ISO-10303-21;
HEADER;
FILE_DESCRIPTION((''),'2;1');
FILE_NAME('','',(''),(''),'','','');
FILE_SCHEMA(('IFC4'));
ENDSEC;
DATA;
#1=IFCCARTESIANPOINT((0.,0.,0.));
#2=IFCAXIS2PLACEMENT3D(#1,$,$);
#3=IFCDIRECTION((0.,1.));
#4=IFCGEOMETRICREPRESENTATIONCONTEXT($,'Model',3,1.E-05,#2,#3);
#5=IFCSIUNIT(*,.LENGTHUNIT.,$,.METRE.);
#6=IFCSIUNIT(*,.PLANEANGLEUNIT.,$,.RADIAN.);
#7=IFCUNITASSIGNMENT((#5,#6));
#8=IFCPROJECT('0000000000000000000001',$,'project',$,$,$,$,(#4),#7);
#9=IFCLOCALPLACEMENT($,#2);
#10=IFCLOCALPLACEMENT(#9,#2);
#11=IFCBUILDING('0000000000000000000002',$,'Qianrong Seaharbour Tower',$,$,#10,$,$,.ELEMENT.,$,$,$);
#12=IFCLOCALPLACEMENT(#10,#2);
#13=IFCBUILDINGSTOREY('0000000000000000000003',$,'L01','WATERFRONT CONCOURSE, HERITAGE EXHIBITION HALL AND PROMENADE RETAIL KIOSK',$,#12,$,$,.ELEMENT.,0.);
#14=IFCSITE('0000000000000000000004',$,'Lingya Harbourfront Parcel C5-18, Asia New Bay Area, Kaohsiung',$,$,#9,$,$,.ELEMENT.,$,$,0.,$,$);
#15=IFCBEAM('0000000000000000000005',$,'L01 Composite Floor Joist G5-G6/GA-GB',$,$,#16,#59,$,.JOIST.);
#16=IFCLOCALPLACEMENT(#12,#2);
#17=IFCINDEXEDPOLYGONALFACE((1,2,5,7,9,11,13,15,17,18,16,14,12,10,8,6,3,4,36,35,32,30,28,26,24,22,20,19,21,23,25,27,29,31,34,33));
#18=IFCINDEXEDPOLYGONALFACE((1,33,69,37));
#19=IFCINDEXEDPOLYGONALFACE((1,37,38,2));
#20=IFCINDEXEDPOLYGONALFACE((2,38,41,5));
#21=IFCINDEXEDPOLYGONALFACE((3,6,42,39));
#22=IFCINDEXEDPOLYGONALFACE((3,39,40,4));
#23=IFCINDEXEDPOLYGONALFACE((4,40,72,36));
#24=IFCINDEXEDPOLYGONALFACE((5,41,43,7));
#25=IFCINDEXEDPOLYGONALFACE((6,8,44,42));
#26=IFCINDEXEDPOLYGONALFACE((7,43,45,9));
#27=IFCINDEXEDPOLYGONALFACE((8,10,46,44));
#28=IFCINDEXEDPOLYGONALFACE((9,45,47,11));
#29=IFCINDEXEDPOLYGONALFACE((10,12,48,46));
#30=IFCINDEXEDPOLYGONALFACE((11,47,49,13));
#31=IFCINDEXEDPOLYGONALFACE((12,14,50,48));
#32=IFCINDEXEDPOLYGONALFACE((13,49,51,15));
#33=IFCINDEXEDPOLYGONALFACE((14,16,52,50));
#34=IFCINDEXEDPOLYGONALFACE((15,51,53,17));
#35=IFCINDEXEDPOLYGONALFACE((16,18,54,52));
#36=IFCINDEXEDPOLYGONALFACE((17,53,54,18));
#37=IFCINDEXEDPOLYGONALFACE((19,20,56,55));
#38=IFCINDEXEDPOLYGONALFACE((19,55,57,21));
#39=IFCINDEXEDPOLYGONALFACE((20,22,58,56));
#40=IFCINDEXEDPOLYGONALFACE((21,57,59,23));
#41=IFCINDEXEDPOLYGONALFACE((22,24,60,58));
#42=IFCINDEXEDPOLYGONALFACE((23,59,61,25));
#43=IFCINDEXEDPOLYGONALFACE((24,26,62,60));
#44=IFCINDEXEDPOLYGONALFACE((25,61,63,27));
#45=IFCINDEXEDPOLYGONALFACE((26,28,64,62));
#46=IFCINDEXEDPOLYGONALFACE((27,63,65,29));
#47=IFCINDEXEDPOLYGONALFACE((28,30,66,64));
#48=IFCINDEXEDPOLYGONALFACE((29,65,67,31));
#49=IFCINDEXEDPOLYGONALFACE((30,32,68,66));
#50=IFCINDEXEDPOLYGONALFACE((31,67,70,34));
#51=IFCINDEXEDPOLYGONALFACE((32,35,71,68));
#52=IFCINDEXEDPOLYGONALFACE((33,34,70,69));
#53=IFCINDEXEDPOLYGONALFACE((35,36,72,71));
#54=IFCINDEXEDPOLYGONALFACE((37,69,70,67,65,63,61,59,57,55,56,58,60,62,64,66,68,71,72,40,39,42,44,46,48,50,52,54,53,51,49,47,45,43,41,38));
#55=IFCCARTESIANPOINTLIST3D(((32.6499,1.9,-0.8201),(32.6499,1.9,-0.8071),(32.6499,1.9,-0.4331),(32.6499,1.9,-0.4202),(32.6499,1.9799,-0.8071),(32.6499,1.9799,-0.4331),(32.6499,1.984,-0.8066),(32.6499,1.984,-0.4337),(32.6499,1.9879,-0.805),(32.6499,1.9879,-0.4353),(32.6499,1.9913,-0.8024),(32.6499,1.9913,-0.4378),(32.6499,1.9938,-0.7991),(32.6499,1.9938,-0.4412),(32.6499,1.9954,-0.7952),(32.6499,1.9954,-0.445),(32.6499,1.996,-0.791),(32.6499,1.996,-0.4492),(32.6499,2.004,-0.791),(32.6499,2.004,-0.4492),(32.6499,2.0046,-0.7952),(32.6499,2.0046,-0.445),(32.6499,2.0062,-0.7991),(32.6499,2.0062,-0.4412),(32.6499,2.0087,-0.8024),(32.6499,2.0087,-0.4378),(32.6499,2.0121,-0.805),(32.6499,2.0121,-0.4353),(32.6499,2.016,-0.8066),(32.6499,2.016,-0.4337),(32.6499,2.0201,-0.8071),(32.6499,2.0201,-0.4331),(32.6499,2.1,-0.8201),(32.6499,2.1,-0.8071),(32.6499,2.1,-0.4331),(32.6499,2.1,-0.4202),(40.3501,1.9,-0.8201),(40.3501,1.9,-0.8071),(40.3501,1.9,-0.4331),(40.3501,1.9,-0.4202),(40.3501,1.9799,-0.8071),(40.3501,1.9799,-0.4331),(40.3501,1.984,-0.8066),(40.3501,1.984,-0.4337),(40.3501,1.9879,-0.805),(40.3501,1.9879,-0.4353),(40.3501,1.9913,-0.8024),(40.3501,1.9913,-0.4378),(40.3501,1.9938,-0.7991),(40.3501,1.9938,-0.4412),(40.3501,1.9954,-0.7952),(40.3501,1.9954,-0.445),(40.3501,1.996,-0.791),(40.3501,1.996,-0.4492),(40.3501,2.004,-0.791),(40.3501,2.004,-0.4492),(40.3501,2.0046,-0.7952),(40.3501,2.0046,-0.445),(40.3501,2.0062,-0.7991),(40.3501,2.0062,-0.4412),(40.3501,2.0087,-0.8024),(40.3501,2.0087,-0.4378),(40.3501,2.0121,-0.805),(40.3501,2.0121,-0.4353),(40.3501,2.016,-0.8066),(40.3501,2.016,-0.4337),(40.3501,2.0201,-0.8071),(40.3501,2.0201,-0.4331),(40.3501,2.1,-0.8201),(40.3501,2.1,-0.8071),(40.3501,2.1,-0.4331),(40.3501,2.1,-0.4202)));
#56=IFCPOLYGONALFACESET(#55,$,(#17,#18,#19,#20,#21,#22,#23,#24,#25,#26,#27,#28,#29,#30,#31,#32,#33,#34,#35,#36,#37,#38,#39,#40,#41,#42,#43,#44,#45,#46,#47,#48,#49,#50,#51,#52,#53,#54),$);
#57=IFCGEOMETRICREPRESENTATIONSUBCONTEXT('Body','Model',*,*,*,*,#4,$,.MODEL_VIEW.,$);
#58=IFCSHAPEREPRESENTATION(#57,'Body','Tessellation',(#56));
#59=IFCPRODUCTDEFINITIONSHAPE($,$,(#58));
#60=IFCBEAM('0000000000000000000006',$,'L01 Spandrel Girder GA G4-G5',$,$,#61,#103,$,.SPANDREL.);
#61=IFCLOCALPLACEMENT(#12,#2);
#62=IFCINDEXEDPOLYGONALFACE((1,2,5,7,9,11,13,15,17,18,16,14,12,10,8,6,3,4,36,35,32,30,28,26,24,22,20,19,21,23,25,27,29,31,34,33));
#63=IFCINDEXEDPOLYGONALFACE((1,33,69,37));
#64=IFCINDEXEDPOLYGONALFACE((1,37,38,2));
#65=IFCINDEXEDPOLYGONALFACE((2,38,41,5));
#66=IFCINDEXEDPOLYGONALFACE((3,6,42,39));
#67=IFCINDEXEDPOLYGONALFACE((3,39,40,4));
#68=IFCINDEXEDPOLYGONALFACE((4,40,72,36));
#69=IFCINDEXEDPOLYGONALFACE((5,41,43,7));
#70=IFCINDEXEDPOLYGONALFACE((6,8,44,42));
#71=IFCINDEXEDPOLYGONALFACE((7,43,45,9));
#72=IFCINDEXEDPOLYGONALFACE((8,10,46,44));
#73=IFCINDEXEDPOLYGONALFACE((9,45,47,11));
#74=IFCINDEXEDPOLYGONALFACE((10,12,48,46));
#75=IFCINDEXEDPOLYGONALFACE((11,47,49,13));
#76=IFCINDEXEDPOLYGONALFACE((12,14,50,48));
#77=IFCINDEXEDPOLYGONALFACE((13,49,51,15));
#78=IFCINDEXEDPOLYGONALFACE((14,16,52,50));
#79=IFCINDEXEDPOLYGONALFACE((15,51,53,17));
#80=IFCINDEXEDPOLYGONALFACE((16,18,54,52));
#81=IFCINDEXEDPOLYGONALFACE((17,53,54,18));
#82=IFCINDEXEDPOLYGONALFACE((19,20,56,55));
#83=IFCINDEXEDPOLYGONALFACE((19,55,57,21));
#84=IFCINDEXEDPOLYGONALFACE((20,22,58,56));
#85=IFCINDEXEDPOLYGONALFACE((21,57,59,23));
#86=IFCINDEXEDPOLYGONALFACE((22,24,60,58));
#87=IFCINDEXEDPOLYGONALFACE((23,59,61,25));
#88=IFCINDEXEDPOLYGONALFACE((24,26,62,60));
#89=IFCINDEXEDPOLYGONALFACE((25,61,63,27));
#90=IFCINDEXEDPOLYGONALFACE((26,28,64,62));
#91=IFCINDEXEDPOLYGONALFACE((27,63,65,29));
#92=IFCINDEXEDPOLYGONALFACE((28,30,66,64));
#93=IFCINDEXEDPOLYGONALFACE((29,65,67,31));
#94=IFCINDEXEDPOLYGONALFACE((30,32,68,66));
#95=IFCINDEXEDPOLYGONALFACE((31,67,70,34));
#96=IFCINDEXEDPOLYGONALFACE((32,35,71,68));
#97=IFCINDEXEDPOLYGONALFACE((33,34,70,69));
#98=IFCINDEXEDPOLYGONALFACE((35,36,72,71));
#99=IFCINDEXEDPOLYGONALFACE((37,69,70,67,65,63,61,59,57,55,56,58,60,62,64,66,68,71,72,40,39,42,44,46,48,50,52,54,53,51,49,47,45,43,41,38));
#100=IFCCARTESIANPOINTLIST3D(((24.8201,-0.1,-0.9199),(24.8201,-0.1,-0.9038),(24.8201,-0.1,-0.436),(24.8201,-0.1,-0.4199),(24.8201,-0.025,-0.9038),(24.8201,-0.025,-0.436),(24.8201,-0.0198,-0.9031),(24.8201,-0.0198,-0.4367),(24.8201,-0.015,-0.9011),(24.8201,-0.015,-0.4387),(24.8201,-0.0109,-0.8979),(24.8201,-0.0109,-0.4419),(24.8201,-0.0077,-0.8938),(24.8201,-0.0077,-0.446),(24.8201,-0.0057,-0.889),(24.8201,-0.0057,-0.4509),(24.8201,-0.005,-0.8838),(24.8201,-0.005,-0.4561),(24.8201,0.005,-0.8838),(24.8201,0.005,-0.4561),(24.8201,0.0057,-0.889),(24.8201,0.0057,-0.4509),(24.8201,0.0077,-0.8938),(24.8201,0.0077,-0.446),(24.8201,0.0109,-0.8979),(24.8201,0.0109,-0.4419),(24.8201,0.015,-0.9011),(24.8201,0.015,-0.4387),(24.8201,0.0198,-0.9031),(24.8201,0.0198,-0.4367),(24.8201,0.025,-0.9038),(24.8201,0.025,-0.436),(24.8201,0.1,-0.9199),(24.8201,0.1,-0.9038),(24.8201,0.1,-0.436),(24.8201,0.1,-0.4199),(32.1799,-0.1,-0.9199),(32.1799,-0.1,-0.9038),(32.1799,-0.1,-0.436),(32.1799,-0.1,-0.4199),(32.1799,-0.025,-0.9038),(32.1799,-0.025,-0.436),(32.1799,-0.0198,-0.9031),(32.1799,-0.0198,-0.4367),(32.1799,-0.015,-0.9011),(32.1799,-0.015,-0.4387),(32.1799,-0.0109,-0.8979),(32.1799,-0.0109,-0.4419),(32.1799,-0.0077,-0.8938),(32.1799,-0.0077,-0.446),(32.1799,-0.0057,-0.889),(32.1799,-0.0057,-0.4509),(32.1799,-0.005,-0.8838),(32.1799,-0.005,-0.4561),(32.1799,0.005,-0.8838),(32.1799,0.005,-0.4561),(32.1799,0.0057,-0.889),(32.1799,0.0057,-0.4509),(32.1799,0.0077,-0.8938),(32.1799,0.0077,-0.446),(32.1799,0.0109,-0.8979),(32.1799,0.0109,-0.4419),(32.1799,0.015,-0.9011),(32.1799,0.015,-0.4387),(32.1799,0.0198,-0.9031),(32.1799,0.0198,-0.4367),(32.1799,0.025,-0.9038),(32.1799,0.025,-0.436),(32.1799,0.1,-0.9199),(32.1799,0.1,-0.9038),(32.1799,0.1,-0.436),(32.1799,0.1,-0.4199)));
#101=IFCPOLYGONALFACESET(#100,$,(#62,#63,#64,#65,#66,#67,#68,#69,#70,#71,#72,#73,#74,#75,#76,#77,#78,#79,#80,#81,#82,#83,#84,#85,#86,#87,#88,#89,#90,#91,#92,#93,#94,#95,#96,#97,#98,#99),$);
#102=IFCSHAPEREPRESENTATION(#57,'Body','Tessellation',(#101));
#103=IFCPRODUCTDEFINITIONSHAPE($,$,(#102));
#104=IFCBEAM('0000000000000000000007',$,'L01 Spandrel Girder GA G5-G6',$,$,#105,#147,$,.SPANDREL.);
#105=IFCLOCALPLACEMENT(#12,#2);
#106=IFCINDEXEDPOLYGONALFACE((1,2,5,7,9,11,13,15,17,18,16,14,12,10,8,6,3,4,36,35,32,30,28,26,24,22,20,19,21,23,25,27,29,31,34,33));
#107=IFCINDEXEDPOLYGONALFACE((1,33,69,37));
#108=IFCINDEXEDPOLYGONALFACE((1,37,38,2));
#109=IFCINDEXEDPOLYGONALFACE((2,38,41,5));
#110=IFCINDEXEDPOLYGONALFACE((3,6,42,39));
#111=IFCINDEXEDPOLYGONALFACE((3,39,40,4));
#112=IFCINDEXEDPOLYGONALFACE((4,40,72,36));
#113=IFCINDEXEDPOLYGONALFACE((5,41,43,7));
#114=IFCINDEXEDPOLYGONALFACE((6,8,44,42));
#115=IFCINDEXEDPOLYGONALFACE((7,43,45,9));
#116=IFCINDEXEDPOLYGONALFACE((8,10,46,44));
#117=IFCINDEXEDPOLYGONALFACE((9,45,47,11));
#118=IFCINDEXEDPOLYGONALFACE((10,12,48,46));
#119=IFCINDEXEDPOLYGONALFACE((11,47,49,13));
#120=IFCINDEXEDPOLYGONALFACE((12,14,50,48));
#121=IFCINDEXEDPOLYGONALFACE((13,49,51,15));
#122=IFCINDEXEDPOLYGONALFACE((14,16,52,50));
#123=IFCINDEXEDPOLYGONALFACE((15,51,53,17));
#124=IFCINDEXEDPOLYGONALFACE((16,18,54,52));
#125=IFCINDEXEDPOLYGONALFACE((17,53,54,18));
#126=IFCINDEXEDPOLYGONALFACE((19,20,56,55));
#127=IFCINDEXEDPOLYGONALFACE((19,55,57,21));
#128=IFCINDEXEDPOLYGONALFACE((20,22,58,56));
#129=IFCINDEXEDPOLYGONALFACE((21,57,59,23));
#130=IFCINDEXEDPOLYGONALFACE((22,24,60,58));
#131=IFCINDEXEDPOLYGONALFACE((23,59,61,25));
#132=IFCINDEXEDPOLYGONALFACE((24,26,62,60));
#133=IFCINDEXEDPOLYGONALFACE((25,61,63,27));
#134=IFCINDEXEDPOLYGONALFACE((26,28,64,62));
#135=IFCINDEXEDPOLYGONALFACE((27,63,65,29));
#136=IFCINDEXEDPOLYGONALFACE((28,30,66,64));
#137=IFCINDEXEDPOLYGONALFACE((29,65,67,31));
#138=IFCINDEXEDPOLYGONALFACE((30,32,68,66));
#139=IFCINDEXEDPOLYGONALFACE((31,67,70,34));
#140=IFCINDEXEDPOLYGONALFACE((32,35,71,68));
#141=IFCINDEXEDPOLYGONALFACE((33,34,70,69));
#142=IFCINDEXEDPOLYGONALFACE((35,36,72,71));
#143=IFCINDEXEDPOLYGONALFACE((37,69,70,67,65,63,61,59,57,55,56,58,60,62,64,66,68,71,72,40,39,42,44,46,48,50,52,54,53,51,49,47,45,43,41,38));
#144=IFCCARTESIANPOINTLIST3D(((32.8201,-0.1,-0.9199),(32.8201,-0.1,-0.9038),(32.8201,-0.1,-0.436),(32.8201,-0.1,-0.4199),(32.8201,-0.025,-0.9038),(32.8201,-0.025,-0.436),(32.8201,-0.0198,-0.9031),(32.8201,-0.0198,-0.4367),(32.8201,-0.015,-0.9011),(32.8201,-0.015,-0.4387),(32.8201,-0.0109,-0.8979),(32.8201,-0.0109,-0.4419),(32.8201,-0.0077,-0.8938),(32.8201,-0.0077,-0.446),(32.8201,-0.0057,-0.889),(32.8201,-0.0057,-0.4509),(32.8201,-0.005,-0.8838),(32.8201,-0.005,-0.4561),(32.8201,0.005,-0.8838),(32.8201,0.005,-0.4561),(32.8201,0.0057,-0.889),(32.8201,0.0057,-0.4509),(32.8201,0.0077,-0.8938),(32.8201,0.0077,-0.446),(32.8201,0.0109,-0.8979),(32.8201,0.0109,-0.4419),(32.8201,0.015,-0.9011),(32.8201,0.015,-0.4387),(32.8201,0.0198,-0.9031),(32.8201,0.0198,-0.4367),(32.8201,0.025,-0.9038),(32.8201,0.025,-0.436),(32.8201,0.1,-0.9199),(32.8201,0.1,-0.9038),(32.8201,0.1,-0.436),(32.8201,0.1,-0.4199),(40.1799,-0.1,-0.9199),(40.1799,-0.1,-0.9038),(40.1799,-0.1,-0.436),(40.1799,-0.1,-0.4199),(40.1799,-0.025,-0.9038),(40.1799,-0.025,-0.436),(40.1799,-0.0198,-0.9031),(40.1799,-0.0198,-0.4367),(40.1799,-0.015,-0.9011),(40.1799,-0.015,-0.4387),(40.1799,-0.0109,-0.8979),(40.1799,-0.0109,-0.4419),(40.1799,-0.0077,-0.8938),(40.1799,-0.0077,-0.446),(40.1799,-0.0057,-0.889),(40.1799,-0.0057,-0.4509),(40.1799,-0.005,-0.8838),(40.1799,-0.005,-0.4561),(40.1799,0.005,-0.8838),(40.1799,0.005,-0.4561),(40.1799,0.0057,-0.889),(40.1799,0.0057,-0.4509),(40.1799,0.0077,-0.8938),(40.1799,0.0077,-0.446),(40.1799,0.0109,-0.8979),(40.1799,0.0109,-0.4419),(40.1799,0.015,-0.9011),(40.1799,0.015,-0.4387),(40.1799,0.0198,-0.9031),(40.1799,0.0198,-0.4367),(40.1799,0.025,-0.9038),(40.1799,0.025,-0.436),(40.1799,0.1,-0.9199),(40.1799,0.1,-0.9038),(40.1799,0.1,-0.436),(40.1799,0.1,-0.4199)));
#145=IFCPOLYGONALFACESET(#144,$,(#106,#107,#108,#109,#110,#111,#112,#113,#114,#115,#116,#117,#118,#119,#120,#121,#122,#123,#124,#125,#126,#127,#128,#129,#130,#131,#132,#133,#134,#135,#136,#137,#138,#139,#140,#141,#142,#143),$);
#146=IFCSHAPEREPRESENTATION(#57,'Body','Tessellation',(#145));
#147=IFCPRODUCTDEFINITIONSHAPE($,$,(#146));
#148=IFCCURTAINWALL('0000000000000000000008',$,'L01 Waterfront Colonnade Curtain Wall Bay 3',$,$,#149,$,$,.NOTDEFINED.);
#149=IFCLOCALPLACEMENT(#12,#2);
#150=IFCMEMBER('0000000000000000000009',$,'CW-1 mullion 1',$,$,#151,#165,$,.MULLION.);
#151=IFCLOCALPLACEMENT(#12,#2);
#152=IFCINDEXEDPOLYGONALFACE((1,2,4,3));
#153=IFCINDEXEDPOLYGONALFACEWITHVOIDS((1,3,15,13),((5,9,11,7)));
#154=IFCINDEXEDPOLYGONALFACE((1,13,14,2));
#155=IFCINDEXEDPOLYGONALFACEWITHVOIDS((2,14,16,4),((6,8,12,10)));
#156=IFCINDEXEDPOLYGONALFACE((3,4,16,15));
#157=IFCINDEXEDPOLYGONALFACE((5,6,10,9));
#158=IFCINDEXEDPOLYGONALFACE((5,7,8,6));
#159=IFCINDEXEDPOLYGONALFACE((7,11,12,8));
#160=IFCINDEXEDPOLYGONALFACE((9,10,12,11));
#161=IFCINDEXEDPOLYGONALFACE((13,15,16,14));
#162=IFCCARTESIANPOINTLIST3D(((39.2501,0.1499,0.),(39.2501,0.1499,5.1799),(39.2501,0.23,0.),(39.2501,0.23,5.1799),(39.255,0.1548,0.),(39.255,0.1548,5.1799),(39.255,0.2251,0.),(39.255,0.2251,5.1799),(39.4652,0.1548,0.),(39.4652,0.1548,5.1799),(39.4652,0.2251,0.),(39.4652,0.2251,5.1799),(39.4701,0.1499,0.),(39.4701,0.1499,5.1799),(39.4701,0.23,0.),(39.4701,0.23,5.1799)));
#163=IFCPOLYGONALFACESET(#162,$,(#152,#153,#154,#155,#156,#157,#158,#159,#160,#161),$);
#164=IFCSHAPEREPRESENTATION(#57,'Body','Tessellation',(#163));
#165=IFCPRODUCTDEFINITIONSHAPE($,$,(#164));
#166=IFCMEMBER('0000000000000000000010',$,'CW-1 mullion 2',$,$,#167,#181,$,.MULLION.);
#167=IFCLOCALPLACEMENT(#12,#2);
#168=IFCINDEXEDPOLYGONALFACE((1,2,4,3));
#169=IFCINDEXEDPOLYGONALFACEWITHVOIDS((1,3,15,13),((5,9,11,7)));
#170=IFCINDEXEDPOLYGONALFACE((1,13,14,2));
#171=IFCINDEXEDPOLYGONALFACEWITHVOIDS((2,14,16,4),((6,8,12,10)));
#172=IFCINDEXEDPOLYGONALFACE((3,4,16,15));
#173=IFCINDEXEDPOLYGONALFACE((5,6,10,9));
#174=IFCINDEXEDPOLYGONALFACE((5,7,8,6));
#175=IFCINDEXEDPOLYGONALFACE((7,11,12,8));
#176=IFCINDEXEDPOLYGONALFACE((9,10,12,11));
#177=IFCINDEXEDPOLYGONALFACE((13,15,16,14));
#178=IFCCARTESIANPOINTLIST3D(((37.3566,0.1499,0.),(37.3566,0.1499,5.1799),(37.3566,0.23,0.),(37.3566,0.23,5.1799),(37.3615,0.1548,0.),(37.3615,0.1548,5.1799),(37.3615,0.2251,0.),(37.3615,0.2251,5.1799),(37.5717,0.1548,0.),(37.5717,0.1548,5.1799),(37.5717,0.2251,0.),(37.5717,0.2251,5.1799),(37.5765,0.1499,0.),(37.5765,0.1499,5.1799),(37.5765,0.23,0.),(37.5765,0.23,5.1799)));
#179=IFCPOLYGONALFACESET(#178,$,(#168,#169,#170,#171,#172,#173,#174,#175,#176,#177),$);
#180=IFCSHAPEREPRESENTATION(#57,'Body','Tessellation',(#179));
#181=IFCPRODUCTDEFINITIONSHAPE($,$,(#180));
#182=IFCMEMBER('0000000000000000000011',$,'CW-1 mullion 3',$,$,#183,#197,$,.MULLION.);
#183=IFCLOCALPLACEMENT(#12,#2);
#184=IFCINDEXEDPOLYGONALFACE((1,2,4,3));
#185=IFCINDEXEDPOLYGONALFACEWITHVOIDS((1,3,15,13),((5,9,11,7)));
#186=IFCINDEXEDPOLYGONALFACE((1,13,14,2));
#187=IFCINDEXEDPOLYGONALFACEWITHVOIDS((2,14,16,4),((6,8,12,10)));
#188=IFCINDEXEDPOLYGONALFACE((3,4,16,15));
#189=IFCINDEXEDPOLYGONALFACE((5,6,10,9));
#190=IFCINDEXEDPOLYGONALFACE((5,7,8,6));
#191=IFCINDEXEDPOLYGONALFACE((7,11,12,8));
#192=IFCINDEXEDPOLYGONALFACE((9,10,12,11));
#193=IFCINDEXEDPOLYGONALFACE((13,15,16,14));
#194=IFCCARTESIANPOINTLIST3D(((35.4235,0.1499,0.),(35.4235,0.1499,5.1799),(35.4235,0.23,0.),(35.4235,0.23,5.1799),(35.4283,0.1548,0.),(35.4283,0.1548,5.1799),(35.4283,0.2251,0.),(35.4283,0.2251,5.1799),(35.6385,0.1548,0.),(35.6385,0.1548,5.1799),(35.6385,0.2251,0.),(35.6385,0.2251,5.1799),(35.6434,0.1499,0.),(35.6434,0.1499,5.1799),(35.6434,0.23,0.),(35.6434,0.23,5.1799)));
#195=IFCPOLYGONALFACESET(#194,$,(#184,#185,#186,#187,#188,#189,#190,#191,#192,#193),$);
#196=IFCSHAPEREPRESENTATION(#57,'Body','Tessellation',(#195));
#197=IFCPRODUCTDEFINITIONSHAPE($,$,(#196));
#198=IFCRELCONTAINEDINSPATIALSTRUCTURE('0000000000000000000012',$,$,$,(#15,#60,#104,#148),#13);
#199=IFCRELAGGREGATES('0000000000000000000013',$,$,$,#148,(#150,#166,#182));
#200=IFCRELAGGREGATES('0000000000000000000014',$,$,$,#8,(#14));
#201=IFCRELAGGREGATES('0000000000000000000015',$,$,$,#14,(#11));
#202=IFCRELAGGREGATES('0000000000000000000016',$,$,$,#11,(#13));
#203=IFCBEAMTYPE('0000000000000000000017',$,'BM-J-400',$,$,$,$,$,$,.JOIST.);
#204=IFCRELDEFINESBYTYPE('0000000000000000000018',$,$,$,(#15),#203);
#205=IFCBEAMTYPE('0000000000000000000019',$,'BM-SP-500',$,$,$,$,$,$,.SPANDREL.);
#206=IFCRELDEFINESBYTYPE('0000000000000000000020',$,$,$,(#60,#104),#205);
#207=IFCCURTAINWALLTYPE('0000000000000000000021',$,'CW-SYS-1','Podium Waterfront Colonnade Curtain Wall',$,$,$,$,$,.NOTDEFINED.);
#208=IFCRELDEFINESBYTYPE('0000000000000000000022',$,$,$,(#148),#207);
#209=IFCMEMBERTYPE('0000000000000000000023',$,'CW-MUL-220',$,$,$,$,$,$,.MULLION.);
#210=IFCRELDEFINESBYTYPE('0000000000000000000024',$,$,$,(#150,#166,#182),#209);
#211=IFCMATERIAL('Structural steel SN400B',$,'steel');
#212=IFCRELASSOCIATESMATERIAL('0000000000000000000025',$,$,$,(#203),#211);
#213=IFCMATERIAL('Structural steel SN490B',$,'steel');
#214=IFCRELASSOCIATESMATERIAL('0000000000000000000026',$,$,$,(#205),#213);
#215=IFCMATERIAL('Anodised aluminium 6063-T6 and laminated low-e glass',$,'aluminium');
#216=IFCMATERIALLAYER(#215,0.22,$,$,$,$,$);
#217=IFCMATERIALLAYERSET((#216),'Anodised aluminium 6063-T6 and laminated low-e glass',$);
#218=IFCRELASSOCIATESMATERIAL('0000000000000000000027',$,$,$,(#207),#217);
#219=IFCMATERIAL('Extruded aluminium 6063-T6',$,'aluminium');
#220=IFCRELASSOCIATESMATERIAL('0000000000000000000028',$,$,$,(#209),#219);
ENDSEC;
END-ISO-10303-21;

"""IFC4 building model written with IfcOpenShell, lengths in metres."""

from ifc_helpers import new_model, si_unit, direction, frame, origin, origin_2d, place, context, subcontext, project, spatial, hollow_rectangle, i_section, extrude, material, layer, layer_set, material_profile, profile_set, type_object, element, aggregate, save


model = new_model("IFC4")

# Units and contexts
model_context = context("Model", 3, precision=1e-05, world=origin(), true_north=direction((0.0, 1.0)))
body_context = subcontext(model_context, "Body", "Model", "MODEL_VIEW")
ifc_project = project(units=[si_unit("LENGTHUNIT", "METRE"), si_unit("PLANEANGLEUNIT", "RADIAN")], contexts=[model_context])

# Site, building, storey
site_placement = place(None, origin())
site = spatial("IfcSite", under=ifc_project, at=site_placement, Name="Lingya Harbourfront Parcel C5-18, Asia New Bay Area, Kaohsiung", CompositionType="ELEMENT", RefElevation=0.0)
building_placement = place(site_placement, origin())
building = spatial("IfcBuilding", under=site, at=building_placement, Name="Qianrong Seaharbour Tower", CompositionType="ELEMENT")
storey_placement = place(building_placement, origin())
storey = spatial("IfcBuildingStorey", under=building, at=storey_placement, Name="L01", Description="WATERFRONT CONCOURSE, HERITAGE EXHIBITION HALL AND PROMENADE RETAIL KIOSK", CompositionType="ELEMENT", Elevation=0.0)

# Beams
ifc_material_1 = material(Name="Structural steel SN490B", Category="steel")
ifc_material_2 = material(Name="Structural steel SN400B", Category="steel")
ifc_material_profile_1 = material_profile(ifc_material_2, i_section(OverallWidth=0.2, OverallDepth=0.3999, WebThickness=0.0081, FlangeThickness=0.0129, FilletRadius=0.0161, at=origin_2d()), Name="H400x200x8x13")
ifc_profile_set_1 = profile_set([ifc_material_profile_1], Name="Structural steel SN400B")
beam_type_1 = type_object("IfcBeamType", Name="BM-J-400", PredefinedType="JOIST", material=ifc_profile_set_1)
for number, where, z_axis, x_axis, name in (
    (1, (32.6499, 2.0, -0.6201), (1.0, 0.0, 0.0), (0.0, 1.0, 0.0), "L01 Composite Floor Joist G5-G6/GA-GB"),
):
    element("IfcBeam", number, at=place(storey_placement, frame(where, z_axis=z_axis, x_axis=x_axis)), inside=storey, type_object=beam_type_1, Name=name, PredefinedType="JOIST", context=body_context, shape_type="SweptSolid", body=[
        extrude(i_section(OverallWidth=0.2, OverallDepth=0.3999, WebThickness=0.0081, FlangeThickness=0.0129, FilletRadius=0.0161, at=origin_2d()), origin(), (0.0, 0.0, 1.0), 7.7002),
    ])
ifc_material_profile_2 = material_profile(ifc_material_1, i_section(OverallWidth=0.2, OverallDepth=0.5, WebThickness=0.01, FlangeThickness=0.0161, FilletRadius=0.02, at=origin_2d()), Name="H500x200x10x16")
ifc_profile_set_2 = profile_set([ifc_material_profile_2], Name="Structural steel SN490B")
beam_type_2 = type_object("IfcBeamType", Name="BM-SP-500", PredefinedType="SPANDREL", material=ifc_profile_set_2)
for number, where, z_axis, x_axis, name in (
    (2, (24.8201, 0.0, -0.6699), (1.0, 0.0, 0.0), (0.0, 1.0, 0.0), "L01 Spandrel Girder GA G4-G5"),
    (3, (32.8201, 0.0, -0.6699), (1.0, 0.0, 0.0), (0.0, 1.0, 0.0), "L01 Spandrel Girder GA G5-G6"),
):
    element("IfcBeam", number, at=place(storey_placement, frame(where, z_axis=z_axis, x_axis=x_axis)), inside=storey, type_object=beam_type_2, Name=name, PredefinedType="SPANDREL", context=body_context, shape_type="SweptSolid", body=[
        extrude(i_section(OverallWidth=0.2, OverallDepth=0.5, WebThickness=0.01, FlangeThickness=0.0161, FilletRadius=0.02, at=origin_2d()), origin(), (0.0, 0.0, 1.0), 7.3599),
    ])

# Curtain wall, members
ifc_material_3 = material(Name="Anodised aluminium 6063-T6 and laminated low-e glass", Category="aluminium")
ifc_layer_1 = layer(ifc_material_3, 0.22)
ifc_layer_set_1 = layer_set([ifc_layer_1], Name="Anodised aluminium 6063-T6 and laminated low-e glass")
curtain_wall_type = type_object("IfcCurtainWallType", Name="CW-SYS-1", Description="Podium Waterfront Colonnade Curtain Wall", PredefinedType="NOTDEFINED", material=ifc_layer_set_1)
curtain_wall_placement = place(storey_placement, origin())
curtain_wall = element("IfcCurtainWall", 4, at=curtain_wall_placement, inside=storey, type_object=curtain_wall_type, Name="L01 Waterfront Colonnade Curtain Wall Bay 3", PredefinedType="NOTDEFINED")
ifc_material_4 = material(Name="Extruded aluminium 6063-T6", Category="aluminium")
ifc_material_profile_3 = material_profile(ifc_material_4, hollow_rectangle(XDim=0.0801, YDim=0.22, WallThickness=0.0049, at=origin_2d()), Name="ALU-MUL-220x80x5")
ifc_profile_set_3 = profile_set([ifc_material_profile_3], Name="Extruded aluminium 6063-T6")
member_type_1 = type_object("IfcMemberType", Name="CW-MUL-220", PredefinedType="MULLION", material=ifc_profile_set_3)
member_1_placement = place(storey_placement, frame((39.3601, 0.1899, 0.0), z_axis=(0.0, 0.0, 1.0), x_axis=(0.0, -1.0, 0.0)))
member_1 = element("IfcMember", 5, at=member_1_placement, type_object=member_type_1, Name="CW-1 mullion 1", PredefinedType="MULLION", context=body_context, shape_type="SweptSolid", body=[
    extrude(hollow_rectangle(XDim=0.0801, YDim=0.22, WallThickness=0.0049, at=origin_2d()), origin(), (0.0, 0.0, 1.0), 5.1799),
])
member_2_placement = place(storey_placement, frame((37.4666, 0.1899, 0.0), z_axis=(0.0, 0.0, 1.0), x_axis=(0.0, -1.0, 0.0)))
member_2 = element("IfcMember", 6, at=member_2_placement, type_object=member_type_1, Name="CW-1 mullion 2", PredefinedType="MULLION", context=body_context, shape_type="SweptSolid", body=[
    extrude(hollow_rectangle(XDim=0.0801, YDim=0.22, WallThickness=0.0049, at=origin_2d()), origin(), (0.0, 0.0, 1.0), 5.1799),
])
member_3_placement = place(storey_placement, frame((35.5334, 0.1899, 0.0), z_axis=(0.0, 0.0, 1.0), x_axis=(0.0, -1.0, 0.0)))
member_3 = element("IfcMember", 7, at=member_3_placement, type_object=member_type_1, Name="CW-1 mullion 3", PredefinedType="MULLION", context=body_context, shape_type="SweptSolid", body=[
    extrude(hollow_rectangle(XDim=0.0801, YDim=0.22, WallThickness=0.0049, at=origin_2d()), origin(), (0.0, 0.0, 1.0), 5.1799),
])

aggregate(curtain_wall, [member_1, member_2, member_3])

save(model, "model.ifc")
